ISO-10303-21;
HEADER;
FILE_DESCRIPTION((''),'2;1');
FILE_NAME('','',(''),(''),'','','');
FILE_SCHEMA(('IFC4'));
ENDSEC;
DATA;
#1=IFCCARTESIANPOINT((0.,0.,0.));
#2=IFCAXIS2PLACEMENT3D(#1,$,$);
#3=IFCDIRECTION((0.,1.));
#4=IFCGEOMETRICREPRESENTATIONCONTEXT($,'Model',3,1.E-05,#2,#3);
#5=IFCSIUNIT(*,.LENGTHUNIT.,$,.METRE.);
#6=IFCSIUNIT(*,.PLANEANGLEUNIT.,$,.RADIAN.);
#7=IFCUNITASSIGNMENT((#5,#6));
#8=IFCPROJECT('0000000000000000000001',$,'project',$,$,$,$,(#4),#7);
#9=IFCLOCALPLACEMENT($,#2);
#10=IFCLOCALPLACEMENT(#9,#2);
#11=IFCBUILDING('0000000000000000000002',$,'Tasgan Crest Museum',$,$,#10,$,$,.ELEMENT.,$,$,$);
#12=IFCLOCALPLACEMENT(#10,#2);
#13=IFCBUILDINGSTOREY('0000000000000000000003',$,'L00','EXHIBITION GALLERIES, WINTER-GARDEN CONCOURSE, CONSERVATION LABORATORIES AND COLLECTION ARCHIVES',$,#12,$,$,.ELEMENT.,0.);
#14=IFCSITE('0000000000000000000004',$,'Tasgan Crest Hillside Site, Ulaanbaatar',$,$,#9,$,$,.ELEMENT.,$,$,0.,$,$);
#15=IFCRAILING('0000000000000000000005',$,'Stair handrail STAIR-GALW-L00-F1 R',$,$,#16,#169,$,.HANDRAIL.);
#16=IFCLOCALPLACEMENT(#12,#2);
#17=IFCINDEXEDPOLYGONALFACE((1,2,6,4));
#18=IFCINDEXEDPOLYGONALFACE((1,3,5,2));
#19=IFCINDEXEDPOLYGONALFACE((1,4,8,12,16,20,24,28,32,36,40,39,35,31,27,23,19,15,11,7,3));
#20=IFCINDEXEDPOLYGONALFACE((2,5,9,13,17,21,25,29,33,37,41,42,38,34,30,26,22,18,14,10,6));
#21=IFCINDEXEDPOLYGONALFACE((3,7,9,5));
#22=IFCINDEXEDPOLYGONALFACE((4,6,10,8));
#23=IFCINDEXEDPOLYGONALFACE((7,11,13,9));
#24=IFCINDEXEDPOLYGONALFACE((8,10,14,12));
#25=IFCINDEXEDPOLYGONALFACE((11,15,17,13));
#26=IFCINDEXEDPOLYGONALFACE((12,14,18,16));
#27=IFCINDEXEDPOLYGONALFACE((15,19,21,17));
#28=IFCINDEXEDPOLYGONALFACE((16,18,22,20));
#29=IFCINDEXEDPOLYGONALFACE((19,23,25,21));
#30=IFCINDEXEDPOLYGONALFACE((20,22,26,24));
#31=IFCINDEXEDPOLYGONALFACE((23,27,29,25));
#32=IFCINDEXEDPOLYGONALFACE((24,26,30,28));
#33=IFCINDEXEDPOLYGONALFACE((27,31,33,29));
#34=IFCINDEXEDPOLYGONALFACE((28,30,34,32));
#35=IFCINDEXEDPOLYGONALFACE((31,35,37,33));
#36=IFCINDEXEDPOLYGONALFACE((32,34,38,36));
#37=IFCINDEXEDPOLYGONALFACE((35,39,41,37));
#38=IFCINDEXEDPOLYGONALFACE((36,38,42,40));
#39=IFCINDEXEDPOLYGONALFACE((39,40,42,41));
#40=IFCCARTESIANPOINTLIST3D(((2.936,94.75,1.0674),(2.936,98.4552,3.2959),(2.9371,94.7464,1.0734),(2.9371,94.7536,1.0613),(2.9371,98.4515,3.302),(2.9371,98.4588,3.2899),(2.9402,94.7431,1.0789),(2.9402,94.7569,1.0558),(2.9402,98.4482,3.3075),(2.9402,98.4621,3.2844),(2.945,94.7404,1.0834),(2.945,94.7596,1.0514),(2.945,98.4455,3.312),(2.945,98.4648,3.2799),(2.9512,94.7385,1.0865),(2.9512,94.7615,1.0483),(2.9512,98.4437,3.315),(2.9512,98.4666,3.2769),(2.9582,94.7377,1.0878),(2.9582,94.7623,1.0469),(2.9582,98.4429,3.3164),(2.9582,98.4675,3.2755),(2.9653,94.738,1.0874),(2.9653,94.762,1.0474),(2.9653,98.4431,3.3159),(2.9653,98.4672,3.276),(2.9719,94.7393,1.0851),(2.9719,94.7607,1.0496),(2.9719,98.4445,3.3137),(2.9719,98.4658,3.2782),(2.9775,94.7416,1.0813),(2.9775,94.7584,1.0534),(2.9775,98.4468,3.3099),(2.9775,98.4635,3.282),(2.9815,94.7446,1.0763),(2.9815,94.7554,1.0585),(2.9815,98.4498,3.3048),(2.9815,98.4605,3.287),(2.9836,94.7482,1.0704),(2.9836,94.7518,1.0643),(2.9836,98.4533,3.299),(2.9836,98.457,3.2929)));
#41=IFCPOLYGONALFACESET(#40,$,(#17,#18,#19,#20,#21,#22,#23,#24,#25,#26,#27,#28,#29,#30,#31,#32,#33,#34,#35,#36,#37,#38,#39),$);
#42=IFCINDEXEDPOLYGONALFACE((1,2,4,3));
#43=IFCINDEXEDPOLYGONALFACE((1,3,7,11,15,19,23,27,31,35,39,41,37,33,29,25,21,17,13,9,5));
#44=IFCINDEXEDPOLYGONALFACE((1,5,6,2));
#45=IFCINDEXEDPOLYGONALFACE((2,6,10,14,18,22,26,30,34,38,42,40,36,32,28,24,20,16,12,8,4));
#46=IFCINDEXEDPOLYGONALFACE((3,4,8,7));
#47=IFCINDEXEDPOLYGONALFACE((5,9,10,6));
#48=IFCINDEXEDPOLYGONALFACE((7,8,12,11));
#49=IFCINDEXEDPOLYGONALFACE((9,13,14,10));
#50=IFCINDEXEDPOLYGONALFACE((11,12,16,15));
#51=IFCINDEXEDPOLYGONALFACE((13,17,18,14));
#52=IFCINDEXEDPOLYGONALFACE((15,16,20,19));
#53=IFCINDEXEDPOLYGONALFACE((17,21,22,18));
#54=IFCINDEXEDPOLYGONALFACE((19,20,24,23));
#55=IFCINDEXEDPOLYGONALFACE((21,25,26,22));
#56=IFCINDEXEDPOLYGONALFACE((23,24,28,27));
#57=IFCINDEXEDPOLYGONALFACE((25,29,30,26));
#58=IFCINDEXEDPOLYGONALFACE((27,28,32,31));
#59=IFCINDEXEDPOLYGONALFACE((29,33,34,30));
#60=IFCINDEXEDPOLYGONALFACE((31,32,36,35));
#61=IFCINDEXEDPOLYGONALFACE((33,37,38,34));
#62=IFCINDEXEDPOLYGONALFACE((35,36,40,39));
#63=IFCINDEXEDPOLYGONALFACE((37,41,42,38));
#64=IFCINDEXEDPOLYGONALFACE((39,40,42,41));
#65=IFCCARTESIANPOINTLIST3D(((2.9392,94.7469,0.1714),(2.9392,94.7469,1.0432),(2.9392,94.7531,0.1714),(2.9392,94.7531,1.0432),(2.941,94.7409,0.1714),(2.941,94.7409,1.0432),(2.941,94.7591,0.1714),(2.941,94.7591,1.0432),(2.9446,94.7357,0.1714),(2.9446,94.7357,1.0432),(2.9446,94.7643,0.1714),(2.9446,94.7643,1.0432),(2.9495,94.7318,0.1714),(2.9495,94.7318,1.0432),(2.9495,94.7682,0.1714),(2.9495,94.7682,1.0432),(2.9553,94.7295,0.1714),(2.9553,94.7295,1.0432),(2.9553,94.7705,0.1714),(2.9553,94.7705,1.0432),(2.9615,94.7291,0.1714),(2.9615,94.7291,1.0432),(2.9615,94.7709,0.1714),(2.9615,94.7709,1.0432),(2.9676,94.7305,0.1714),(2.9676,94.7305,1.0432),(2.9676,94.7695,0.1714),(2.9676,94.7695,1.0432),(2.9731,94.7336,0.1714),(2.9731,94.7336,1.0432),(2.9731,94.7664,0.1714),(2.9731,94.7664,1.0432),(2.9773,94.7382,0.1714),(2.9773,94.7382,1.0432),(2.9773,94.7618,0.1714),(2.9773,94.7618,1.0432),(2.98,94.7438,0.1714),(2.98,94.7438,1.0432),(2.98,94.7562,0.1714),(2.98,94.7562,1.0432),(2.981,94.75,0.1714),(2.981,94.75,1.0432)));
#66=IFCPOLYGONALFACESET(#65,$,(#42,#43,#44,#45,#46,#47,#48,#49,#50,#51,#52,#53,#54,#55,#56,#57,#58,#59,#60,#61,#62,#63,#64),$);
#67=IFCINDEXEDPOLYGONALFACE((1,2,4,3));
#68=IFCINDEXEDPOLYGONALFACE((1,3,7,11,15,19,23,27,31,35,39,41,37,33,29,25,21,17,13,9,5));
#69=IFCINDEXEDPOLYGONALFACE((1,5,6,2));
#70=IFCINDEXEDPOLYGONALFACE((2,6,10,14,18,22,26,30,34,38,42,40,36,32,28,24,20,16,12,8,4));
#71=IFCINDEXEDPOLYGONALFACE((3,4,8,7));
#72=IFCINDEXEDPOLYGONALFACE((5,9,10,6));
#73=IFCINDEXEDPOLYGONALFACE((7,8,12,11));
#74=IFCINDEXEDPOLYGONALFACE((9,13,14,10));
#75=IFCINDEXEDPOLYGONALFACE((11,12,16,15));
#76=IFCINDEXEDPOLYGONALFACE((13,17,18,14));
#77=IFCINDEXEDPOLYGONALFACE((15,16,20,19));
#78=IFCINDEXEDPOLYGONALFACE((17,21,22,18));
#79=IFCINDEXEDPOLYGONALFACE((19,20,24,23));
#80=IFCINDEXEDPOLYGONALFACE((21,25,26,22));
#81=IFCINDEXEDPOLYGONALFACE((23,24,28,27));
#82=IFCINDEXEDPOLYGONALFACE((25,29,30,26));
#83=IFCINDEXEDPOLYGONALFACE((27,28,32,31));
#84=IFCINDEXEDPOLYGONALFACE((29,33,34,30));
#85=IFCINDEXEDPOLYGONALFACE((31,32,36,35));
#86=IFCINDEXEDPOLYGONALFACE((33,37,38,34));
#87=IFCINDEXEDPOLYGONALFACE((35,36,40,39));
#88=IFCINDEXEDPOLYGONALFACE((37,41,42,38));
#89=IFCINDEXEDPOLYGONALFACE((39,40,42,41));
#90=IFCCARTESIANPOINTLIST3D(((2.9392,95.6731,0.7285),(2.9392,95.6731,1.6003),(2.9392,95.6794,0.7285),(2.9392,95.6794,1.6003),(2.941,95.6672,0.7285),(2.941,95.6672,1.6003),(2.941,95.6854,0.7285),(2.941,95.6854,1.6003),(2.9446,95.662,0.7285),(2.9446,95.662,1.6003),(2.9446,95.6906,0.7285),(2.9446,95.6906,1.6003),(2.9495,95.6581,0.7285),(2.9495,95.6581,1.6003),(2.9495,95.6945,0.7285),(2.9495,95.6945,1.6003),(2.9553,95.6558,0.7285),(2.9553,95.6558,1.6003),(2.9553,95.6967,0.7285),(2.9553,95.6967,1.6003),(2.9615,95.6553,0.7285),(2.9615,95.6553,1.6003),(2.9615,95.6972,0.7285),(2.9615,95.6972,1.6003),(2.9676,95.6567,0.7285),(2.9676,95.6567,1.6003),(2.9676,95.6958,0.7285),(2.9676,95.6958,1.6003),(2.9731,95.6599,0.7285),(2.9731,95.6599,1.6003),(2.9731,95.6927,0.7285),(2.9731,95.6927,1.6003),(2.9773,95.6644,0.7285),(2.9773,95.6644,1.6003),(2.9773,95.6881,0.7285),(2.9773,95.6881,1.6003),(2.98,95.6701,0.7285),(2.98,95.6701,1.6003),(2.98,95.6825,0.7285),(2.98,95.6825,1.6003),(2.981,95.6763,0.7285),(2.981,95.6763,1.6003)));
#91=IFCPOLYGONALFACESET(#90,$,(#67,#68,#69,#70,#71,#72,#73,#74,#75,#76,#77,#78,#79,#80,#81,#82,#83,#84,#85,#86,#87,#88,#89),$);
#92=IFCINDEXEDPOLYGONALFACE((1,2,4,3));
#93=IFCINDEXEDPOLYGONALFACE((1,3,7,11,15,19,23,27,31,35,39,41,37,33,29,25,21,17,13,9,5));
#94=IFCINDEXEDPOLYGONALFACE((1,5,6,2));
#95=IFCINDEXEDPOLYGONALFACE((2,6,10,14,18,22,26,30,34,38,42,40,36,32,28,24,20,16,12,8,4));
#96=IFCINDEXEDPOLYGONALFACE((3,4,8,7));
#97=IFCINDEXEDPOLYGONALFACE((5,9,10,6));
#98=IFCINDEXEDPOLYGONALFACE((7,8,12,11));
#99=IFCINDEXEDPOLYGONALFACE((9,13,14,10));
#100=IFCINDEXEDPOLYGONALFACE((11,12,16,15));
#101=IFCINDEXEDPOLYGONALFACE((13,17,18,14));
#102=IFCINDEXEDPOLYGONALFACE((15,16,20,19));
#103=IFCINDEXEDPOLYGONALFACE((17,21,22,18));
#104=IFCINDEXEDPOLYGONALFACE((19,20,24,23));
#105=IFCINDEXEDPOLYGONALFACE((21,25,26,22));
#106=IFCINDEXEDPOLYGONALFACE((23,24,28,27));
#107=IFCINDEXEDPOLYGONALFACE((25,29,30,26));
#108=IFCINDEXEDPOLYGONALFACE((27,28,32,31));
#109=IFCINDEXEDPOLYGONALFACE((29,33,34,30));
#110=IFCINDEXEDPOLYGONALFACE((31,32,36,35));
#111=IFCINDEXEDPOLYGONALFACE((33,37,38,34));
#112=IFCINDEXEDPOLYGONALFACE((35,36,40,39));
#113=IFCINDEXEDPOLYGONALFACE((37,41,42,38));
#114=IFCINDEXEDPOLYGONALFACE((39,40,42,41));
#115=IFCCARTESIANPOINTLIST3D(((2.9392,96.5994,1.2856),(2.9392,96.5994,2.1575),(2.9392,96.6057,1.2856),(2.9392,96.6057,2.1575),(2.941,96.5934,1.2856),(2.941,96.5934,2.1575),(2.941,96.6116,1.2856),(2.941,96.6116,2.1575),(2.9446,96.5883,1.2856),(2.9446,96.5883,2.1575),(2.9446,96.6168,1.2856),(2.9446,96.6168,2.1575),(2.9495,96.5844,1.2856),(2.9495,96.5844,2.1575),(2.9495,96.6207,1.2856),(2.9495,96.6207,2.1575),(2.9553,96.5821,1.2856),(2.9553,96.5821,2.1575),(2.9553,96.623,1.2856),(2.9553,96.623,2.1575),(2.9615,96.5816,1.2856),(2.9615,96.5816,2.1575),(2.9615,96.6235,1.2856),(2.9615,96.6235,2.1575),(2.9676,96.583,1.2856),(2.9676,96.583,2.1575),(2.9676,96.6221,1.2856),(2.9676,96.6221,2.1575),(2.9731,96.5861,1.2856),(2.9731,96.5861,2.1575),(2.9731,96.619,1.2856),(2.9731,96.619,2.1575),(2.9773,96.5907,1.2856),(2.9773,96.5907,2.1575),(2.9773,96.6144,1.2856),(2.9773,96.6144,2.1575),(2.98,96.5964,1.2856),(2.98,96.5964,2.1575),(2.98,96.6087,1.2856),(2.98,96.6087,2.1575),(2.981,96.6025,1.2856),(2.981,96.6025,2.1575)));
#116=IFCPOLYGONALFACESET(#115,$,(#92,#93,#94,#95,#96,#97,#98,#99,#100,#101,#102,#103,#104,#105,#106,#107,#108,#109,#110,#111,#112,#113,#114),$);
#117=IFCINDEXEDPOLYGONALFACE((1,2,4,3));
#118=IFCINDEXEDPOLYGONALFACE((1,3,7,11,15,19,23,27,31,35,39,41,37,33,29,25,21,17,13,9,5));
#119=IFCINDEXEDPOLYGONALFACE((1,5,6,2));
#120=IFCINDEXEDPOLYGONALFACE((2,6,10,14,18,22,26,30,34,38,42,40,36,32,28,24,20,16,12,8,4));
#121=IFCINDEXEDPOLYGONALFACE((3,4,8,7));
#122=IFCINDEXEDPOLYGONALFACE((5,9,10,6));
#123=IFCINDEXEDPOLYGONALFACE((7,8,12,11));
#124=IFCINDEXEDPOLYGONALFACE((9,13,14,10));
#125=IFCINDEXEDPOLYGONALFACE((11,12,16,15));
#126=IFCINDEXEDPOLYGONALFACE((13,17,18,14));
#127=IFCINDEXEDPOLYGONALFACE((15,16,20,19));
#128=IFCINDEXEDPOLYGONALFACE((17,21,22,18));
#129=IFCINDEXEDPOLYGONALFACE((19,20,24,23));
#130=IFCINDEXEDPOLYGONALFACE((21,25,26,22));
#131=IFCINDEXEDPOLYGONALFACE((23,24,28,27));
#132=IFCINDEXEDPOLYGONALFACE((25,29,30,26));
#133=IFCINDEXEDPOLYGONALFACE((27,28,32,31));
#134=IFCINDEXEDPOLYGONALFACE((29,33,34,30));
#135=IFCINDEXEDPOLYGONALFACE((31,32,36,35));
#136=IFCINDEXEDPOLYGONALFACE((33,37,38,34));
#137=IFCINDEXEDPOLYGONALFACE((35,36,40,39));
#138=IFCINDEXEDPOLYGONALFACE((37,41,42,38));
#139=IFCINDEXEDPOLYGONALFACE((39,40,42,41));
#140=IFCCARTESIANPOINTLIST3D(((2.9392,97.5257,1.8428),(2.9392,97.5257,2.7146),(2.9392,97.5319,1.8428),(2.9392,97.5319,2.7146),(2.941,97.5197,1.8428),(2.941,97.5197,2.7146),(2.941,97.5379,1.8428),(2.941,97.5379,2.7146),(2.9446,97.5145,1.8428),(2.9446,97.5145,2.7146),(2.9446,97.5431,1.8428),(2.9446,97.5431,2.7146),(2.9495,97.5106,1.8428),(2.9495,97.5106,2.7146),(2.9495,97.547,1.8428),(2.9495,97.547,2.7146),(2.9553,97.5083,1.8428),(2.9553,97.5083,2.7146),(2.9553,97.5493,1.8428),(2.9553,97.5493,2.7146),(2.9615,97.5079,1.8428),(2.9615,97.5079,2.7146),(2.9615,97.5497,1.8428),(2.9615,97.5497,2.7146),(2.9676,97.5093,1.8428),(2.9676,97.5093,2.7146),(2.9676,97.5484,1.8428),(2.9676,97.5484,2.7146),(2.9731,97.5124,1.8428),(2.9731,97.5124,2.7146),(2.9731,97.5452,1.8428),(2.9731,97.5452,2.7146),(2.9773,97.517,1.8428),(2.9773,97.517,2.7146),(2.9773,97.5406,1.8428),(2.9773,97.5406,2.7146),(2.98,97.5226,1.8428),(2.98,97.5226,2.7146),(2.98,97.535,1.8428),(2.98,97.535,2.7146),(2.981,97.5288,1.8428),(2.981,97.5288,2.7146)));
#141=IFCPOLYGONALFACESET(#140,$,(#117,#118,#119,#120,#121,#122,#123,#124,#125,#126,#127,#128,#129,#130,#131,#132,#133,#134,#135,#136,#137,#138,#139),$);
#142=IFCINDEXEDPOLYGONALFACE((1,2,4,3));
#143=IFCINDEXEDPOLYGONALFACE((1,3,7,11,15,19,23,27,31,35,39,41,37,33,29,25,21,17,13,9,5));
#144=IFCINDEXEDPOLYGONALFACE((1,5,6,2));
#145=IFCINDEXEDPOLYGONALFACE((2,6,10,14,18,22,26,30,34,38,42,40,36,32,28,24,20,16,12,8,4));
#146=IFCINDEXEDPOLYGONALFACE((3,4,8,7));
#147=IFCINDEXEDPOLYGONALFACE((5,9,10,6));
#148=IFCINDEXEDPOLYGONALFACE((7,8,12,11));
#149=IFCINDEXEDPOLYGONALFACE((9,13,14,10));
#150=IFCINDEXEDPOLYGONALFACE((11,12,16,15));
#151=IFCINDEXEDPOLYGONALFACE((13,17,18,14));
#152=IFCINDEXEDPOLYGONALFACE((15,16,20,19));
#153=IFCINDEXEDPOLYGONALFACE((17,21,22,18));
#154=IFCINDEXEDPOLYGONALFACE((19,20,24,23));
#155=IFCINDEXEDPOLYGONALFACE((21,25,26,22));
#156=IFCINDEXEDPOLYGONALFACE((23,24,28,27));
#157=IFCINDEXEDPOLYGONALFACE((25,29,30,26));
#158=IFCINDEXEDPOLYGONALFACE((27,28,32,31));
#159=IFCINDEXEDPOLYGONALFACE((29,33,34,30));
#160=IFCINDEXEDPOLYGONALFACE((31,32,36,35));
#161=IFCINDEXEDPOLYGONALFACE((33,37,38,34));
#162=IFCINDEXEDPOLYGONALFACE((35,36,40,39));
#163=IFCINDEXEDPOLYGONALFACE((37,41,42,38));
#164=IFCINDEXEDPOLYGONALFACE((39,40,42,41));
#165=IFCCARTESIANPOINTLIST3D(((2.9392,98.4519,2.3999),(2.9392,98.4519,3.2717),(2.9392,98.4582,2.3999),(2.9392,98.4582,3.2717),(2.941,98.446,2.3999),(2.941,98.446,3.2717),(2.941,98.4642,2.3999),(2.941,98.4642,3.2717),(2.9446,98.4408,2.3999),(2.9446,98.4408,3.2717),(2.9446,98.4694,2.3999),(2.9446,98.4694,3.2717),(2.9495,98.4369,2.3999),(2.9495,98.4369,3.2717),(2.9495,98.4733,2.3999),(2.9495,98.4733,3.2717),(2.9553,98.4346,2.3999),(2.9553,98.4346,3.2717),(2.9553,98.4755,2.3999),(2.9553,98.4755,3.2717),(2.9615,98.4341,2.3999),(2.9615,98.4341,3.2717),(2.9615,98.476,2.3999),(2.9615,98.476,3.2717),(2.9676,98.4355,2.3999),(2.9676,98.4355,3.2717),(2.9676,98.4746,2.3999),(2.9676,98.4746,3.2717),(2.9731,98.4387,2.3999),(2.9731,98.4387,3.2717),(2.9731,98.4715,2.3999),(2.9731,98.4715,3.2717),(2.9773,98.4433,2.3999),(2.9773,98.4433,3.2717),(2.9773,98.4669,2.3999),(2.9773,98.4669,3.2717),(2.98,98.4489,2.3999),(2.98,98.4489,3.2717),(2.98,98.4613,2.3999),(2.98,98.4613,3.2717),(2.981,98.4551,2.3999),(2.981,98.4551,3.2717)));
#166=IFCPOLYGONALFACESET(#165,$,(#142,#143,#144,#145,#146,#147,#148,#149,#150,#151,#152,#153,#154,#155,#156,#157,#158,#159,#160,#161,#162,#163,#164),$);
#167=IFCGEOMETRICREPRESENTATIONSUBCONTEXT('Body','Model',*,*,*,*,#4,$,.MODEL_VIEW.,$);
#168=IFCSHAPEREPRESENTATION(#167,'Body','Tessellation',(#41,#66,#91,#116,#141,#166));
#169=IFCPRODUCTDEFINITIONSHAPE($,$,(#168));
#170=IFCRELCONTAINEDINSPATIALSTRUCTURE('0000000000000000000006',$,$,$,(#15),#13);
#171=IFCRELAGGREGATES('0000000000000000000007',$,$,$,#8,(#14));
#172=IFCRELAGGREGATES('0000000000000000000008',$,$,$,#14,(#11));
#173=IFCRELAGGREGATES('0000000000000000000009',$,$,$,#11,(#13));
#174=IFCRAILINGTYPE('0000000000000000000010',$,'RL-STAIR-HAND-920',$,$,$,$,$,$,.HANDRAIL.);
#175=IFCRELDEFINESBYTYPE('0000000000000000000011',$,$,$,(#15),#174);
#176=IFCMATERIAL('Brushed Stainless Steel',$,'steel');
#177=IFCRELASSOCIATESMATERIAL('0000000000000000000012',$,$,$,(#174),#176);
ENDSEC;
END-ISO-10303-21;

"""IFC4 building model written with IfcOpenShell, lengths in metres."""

from ifc_helpers import new_model, si_unit, direction, frame, origin, origin_2d, place, context, subcontext, project, spatial, circle, extrude, material, type_object, element, save


model = new_model("IFC4")

# Units and contexts
model_context = context("Model", 3, precision=1e-05, world=origin(), true_north=direction((0.0, 1.0)))
body_context = subcontext(model_context, "Body", "Model", "MODEL_VIEW")
ifc_project = project(units=[si_unit("LENGTHUNIT", "METRE"), si_unit("PLANEANGLEUNIT", "RADIAN")], contexts=[model_context])

# Site, building, storey
site_placement = place(None, origin())
site = spatial("IfcSite", under=ifc_project, at=site_placement, Name="Tasgan Crest Hillside Site, Ulaanbaatar", CompositionType="ELEMENT", RefElevation=0.0)
building_placement = place(site_placement, origin())
building = spatial("IfcBuilding", under=site, at=building_placement, Name="Tasgan Crest Museum", CompositionType="ELEMENT")
storey_placement = place(building_placement, origin())
storey = spatial("IfcBuildingStorey", under=building, at=storey_placement, Name="L00", Description="EXHIBITION GALLERIES, WINTER-GARDEN CONCOURSE, CONSERVATION LABORATORIES AND COLLECTION ARCHIVES", CompositionType="ELEMENT", Elevation=0.0)

# Railing
ifc_material_1 = material(Name="Brushed Stainless Steel", Category="steel")
railing_type = type_object("IfcRailingType", Name="RL-STAIR-HAND-920", PredefinedType="HANDRAIL", material=ifc_material_1)
for number, where, name in (
    (1, (2.96, 94.75, 0.1714), "Stair handrail STAIR-GALW-L00-F1 R"),
):
    element("IfcRailing", number, at=place(storey_placement, frame(where)), inside=storey, type_object=railing_type, Name=name, PredefinedType="HANDRAIL", context=body_context, shape_type="SweptSolid", body=[
        extrude(circle(Radius=0.0239, at=origin_2d()), frame((0.0, 0.0, 0.896), z_axis=(0.0, 0.856934, 0.515425), x_axis=(-1.0, 0.0, 0.0)), (0.0, 0.0, 1.0), 4.3237),
        extrude(circle(Radius=0.021, at=origin_2d()), origin(), (0.0, 0.0, 1.0), 0.8718),
        extrude(circle(Radius=0.021, at=origin_2d()), frame((0.0, 0.9263, 0.5571)), (0.0, 0.0, 1.0), 0.8718),
        extrude(circle(Radius=0.021, at=origin_2d()), frame((0.0, 1.8525, 1.1143)), (0.0, 0.0, 1.0), 0.8718),
        extrude(circle(Radius=0.021, at=origin_2d()), frame((0.0, 2.7788, 1.6714)), (0.0, 0.0, 1.0), 0.8718),
        extrude(circle(Radius=0.021, at=origin_2d()), frame((0.0, 3.7051, 2.2285)), (0.0, 0.0, 1.0), 0.8718),
    ])

save(model, "model.ifc")
